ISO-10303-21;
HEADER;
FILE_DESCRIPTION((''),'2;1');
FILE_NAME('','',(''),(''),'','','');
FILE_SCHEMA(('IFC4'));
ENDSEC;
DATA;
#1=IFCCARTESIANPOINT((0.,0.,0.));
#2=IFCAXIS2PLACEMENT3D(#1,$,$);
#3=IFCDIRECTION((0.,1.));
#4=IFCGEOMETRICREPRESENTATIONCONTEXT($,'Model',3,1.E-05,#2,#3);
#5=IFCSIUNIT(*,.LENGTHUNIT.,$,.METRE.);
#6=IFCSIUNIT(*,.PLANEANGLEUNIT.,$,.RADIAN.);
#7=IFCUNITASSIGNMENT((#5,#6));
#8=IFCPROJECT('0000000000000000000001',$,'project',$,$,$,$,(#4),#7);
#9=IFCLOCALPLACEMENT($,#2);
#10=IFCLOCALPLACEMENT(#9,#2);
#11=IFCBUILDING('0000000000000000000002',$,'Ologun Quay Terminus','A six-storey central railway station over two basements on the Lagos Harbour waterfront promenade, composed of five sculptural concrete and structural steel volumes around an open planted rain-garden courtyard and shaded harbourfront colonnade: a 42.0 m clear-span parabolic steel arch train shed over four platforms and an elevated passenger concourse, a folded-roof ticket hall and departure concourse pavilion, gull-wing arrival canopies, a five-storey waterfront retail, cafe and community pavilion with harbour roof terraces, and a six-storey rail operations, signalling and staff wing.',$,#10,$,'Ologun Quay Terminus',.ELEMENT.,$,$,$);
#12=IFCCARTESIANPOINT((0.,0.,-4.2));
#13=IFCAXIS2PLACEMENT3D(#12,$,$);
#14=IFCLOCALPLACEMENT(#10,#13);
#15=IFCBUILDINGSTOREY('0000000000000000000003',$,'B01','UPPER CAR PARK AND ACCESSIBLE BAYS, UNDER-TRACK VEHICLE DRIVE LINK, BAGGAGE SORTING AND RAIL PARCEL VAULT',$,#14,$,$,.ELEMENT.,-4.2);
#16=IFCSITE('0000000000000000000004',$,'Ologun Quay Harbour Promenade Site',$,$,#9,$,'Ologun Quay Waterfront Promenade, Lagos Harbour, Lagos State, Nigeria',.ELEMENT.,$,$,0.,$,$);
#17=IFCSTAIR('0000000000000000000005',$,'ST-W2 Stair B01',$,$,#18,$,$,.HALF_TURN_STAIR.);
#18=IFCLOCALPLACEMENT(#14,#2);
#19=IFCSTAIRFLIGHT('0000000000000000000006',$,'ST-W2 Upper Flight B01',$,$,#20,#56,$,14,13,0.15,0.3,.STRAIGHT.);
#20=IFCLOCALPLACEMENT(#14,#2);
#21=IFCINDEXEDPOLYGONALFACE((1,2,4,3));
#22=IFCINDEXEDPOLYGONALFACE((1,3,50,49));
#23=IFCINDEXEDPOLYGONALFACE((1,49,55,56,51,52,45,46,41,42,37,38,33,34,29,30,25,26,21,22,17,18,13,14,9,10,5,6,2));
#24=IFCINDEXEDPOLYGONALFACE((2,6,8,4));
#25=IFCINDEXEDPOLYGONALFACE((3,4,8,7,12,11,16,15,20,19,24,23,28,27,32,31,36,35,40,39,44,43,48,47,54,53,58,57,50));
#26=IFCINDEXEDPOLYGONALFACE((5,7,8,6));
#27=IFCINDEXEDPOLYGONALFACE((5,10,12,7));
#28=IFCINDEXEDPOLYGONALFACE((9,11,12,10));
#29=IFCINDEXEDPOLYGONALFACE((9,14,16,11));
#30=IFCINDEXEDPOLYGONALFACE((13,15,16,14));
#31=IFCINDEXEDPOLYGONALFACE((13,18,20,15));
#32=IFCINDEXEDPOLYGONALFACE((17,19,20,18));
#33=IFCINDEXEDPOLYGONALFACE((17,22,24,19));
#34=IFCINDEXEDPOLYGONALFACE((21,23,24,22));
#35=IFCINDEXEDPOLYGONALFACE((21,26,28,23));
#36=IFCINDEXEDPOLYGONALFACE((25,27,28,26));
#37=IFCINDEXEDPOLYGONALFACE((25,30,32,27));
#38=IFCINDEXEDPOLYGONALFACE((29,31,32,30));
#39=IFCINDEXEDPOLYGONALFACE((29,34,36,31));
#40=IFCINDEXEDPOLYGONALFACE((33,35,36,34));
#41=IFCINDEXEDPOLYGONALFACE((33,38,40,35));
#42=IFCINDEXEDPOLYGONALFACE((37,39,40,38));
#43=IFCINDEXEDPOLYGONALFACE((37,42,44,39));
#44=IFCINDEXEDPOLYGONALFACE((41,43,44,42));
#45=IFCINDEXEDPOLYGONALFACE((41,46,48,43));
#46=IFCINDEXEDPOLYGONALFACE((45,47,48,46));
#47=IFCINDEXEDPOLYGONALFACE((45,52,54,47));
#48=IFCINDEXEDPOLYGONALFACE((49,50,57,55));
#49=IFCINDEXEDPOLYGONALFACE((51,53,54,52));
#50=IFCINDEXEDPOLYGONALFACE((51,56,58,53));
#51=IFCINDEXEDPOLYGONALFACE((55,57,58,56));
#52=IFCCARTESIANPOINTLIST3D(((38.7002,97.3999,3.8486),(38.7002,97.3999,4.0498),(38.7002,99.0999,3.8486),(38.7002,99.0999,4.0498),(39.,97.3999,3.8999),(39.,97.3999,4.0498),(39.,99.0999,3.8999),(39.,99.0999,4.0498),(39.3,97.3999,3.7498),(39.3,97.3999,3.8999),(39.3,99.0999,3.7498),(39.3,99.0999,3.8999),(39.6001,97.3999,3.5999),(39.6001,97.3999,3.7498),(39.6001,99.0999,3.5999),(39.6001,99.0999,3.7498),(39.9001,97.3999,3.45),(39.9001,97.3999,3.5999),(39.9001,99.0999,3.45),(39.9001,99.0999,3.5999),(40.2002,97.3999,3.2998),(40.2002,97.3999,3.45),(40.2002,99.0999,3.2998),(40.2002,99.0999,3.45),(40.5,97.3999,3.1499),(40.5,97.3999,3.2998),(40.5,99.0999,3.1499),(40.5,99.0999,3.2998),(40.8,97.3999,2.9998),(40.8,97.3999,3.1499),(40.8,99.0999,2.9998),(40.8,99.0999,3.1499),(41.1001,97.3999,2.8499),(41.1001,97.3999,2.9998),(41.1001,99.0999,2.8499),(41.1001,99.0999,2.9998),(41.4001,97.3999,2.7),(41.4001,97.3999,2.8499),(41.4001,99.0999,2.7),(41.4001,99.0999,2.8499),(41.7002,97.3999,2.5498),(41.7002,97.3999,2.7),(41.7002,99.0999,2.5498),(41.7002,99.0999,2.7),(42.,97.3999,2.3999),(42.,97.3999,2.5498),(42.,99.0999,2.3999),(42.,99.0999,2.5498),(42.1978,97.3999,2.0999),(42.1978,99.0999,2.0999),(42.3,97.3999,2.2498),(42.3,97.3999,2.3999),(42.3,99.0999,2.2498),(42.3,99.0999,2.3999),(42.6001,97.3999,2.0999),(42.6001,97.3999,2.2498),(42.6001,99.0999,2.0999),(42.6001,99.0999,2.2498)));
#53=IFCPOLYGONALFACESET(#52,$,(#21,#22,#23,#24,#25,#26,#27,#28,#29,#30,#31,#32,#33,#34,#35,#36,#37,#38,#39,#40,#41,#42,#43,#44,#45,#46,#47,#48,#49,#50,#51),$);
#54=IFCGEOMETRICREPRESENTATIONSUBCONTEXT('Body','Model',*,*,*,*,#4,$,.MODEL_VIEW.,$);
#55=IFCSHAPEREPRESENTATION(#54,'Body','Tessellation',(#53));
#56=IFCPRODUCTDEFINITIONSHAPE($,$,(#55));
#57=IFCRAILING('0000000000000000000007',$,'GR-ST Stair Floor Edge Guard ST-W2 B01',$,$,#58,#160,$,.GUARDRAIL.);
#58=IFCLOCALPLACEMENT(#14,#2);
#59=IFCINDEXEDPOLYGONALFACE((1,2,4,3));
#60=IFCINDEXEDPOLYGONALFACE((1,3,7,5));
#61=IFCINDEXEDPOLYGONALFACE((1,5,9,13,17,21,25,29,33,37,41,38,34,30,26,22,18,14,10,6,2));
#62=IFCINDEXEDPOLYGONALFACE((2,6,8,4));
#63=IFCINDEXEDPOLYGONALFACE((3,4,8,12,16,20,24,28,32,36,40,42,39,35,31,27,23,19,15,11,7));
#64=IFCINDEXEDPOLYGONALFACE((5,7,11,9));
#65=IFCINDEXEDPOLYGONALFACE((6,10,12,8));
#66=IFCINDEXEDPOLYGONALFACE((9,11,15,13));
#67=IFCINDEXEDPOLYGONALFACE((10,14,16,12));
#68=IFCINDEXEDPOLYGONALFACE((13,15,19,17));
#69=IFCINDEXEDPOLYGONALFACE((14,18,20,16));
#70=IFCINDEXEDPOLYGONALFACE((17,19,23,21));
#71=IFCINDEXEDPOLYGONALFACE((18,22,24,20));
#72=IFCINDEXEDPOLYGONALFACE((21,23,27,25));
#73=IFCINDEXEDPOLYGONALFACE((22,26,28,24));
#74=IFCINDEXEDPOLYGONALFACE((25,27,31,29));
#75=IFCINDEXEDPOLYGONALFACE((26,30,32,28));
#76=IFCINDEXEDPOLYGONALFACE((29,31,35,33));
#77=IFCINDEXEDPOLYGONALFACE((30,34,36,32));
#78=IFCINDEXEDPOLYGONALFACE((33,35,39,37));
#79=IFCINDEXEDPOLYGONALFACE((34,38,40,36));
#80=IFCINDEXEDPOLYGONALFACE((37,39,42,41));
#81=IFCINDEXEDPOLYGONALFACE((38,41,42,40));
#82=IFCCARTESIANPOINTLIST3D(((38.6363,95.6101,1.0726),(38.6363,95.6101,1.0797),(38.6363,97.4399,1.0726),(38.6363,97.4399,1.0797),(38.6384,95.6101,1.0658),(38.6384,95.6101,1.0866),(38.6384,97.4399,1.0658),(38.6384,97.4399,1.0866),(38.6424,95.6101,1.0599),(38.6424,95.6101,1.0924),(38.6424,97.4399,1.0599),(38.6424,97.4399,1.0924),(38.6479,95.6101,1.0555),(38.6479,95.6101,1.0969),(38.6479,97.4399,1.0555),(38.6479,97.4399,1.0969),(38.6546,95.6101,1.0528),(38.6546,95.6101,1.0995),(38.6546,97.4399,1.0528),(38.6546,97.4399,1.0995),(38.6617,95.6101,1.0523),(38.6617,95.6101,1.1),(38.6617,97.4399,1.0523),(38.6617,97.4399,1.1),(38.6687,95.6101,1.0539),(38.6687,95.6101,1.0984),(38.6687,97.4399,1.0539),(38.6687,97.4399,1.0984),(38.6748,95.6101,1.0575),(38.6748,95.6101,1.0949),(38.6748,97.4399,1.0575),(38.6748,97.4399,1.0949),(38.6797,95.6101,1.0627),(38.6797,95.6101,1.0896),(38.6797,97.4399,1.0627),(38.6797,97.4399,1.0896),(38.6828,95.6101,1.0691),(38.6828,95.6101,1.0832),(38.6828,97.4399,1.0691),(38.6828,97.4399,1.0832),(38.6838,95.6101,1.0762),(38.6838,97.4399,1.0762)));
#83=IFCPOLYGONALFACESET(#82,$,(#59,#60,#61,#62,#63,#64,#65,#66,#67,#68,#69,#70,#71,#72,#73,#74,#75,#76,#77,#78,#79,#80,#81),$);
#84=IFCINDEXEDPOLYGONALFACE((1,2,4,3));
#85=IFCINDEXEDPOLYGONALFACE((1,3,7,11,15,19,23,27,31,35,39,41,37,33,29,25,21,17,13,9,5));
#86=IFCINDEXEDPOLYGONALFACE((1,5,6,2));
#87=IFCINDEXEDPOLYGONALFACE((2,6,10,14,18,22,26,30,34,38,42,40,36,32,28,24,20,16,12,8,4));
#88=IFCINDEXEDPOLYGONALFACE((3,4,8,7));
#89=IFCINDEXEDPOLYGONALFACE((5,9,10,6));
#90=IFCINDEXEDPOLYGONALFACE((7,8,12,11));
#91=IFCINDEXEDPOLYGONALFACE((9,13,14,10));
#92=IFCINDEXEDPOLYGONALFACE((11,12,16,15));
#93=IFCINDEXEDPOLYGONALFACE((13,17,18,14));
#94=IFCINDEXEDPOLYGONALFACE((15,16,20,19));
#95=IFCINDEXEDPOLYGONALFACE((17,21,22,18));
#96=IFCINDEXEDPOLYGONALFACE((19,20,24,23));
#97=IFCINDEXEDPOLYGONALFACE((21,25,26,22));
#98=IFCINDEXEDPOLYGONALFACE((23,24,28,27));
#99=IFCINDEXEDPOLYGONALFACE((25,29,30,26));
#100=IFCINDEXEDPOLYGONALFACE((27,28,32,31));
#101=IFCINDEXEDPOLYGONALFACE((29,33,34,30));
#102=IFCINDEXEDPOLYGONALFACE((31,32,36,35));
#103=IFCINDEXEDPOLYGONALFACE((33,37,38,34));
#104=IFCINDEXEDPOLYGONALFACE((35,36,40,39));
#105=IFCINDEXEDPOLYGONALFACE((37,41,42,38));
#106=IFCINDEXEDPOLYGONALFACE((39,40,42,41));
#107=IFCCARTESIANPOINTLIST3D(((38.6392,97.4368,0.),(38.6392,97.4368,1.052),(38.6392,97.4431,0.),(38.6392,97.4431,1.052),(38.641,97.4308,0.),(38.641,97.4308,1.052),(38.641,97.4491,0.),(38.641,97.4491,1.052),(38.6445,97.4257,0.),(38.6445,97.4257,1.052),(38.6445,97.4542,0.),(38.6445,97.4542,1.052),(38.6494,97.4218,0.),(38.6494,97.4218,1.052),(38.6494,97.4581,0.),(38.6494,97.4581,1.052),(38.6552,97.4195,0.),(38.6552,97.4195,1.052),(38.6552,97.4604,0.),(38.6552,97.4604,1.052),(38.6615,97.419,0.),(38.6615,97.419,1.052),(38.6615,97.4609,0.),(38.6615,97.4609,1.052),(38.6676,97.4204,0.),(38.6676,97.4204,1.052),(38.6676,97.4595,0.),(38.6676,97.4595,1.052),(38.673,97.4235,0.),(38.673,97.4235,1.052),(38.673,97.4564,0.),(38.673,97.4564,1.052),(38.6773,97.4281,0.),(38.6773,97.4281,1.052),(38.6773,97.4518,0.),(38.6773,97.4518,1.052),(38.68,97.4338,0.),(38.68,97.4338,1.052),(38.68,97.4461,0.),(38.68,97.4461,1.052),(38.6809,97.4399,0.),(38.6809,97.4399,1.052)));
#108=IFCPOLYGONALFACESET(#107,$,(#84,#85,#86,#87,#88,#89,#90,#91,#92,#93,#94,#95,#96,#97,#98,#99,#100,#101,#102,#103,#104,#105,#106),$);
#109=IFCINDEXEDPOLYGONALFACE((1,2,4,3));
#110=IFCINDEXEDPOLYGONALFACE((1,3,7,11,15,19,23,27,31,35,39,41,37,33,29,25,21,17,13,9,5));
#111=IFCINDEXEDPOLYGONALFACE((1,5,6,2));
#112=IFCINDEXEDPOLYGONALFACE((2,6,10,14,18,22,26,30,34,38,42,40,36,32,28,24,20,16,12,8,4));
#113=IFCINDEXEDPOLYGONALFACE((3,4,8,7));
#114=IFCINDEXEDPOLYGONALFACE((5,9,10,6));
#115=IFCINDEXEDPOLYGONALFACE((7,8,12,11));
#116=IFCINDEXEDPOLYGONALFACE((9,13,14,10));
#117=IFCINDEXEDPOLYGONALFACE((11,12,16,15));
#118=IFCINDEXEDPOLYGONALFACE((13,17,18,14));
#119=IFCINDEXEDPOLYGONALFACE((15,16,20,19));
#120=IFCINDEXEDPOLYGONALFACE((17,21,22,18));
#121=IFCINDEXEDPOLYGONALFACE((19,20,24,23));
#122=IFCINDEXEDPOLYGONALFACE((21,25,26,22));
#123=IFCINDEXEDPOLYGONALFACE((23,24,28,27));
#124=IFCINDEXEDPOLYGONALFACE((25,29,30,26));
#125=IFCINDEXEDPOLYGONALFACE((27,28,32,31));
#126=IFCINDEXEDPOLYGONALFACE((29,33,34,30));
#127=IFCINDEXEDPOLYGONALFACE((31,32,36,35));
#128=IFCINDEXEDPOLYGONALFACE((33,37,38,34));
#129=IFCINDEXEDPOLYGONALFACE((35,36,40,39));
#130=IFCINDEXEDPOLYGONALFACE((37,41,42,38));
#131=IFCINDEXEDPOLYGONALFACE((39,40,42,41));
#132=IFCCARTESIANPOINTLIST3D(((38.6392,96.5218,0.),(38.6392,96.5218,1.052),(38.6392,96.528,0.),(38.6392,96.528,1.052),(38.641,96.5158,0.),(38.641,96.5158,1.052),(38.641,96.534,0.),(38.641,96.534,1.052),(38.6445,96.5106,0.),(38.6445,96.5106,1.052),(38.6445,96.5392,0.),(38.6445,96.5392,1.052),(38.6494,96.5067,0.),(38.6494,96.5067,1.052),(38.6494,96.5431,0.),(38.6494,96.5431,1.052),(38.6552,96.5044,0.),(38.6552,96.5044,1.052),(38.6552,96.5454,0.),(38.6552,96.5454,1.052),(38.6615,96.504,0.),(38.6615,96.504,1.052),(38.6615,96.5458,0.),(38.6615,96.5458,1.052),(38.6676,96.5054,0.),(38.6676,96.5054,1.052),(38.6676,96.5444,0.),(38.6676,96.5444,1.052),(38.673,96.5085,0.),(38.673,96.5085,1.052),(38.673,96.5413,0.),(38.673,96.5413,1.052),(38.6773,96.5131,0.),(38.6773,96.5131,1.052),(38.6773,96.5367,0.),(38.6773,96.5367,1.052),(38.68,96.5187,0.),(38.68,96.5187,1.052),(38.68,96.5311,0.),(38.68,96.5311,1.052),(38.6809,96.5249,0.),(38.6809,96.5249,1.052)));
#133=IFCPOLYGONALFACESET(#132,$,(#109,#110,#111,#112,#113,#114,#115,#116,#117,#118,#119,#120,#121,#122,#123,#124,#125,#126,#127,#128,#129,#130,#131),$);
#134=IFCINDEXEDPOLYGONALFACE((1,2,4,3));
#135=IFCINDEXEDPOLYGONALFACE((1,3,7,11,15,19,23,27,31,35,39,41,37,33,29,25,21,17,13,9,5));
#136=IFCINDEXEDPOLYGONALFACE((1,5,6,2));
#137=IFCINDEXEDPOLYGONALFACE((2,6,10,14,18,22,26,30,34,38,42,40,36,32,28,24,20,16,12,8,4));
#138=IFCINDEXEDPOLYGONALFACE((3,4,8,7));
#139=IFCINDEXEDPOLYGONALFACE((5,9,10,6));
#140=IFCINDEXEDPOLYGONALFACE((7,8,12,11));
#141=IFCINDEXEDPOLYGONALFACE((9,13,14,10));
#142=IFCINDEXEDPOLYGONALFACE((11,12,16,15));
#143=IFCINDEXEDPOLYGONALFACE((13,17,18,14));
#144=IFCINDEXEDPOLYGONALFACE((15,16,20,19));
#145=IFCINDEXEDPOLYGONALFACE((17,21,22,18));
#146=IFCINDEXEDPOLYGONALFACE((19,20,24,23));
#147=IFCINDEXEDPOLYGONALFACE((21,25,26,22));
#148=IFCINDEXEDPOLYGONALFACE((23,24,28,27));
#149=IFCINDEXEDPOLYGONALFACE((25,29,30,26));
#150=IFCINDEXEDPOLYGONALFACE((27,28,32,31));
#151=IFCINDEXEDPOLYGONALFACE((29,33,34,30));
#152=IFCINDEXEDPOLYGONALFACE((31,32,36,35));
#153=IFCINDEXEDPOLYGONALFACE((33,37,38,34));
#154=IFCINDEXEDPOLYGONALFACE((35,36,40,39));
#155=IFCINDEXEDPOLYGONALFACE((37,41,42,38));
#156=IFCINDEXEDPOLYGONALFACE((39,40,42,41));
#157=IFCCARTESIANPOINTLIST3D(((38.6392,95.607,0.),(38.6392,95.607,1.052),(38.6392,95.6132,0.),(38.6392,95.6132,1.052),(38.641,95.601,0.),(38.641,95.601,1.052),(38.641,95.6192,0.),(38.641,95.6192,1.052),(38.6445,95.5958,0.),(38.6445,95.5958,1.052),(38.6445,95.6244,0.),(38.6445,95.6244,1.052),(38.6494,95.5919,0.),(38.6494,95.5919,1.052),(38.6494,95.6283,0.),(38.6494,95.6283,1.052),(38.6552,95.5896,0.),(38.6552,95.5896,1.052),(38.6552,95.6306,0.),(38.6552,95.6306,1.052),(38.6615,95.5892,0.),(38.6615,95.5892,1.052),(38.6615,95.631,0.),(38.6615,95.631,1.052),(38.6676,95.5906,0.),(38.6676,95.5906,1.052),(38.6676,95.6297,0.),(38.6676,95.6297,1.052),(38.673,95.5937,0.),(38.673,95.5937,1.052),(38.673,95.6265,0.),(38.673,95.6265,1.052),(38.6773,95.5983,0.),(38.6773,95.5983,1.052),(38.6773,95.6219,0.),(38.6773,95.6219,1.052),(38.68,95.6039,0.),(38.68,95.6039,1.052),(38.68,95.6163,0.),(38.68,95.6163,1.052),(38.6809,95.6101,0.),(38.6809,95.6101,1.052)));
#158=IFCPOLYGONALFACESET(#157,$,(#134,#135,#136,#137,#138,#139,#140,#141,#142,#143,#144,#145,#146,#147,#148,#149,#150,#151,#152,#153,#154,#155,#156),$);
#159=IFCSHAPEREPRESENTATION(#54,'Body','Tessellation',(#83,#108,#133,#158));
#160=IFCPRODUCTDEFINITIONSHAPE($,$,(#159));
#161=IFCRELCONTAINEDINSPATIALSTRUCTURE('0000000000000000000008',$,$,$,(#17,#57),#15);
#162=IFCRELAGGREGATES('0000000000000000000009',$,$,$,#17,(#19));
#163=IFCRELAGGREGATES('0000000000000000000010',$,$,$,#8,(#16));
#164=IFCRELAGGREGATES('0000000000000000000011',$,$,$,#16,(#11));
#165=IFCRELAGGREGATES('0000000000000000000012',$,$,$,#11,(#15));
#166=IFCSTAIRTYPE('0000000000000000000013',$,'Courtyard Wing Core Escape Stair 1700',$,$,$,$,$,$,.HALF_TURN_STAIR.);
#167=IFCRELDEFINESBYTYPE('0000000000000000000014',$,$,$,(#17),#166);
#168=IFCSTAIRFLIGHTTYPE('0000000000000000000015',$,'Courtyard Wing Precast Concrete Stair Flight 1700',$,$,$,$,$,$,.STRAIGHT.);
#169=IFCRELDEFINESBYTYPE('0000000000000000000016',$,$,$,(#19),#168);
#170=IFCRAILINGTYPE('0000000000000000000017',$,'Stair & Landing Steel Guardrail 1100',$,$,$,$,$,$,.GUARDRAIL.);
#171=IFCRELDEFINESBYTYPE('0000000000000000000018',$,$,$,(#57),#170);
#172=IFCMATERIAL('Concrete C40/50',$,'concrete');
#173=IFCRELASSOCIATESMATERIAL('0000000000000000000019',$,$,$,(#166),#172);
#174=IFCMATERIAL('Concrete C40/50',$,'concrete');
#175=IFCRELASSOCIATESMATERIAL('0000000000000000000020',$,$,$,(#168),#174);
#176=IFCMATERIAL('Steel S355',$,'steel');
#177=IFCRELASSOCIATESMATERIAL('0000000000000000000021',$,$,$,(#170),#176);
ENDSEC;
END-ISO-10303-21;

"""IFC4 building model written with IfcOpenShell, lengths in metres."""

from ifc_helpers import new_model, si_unit, direction, frame, origin, origin_2d, place, context, subcontext, project, spatial, polyline, circle, outline, extrude, material, type_object, element, aggregate, save


model = new_model("IFC4")

# Units and contexts
model_context = context("Model", 3, precision=1e-05, world=origin(), true_north=direction((0.0, 1.0)))
body_context = subcontext(model_context, "Body", "Model", "MODEL_VIEW")
ifc_project = project(units=[si_unit("LENGTHUNIT", "METRE"), si_unit("PLANEANGLEUNIT", "RADIAN")], contexts=[model_context])

# Site, building, storey
site_placement = place(None, origin())
site = spatial("IfcSite", under=ifc_project, at=site_placement, Name="Ologun Quay Harbour Promenade Site", LongName="Ologun Quay Waterfront Promenade, Lagos Harbour, Lagos State, Nigeria", CompositionType="ELEMENT", RefElevation=0.0)
building_placement = place(site_placement, origin())
building = spatial("IfcBuilding", under=site, at=building_placement, Name="Ologun Quay Terminus", Description="A six-storey central railway station over two basements on the Lagos Harbour waterfront promenade, composed of five sculptural concrete and structural steel volumes around an open planted rain-garden courtyard and shaded harbourfront colonnade: a 42.0 m clear-span parabolic steel arch train shed over four platforms and an elevated passenger concourse, a folded-roof ticket hall and departure concourse pavilion, gull-wing arrival canopies, a five-storey waterfront retail, cafe and community pavilion with harbour roof terraces, and a six-storey rail operations, signalling and staff wing.", LongName="Ologun Quay Terminus", CompositionType="ELEMENT")
storey_placement = place(building_placement, frame((0.0, 0.0, -4.2)))
storey = spatial("IfcBuildingStorey", under=building, at=storey_placement, Name="B01", Description="UPPER CAR PARK AND ACCESSIBLE BAYS, UNDER-TRACK VEHICLE DRIVE LINK, BAGGAGE SORTING AND RAIL PARCEL VAULT", CompositionType="ELEMENT", Elevation=-4.2)

# Stair, stair flight
ifc_material_1 = material(Name="Concrete C40/50", Category="concrete")
stair_type = type_object("IfcStairType", Name="Courtyard Wing Core Escape Stair 1700", PredefinedType="HALF_TURN_STAIR", material=ifc_material_1)
stair_placement = place(storey_placement, origin())
stair = element("IfcStair", 1, at=stair_placement, inside=storey, type_object=stair_type, Name="ST-W2 Stair B01", PredefinedType="HALF_TURN_STAIR")
ifc_material_2 = material(Name="Concrete C40/50", Category="concrete")
stair_flight_type = type_object("IfcStairFlightType", Name="Courtyard Wing Precast Concrete Stair Flight 1700", PredefinedType="STRAIGHT", material=ifc_material_2)
stair_flight_1_placement = place(storey_placement, frame((42.6001, 98.25, 2.0999), z_axis=(0.0, 0.0, 1.0), x_axis=(-1.0, 0.0, 0.0)))
stair_flight_1 = element("IfcStairFlight", 2, at=stair_flight_1_placement, type_object=stair_flight_type, Name="ST-W2 Upper Flight B01", NumberOfRisers=14, NumberOfTreads=13, PredefinedType="STRAIGHT", RiserHeight=0.15, TreadLength=0.3, context=body_context, shape_type="SweptSolid", body=[
    extrude(outline(polyline([(0.0, 0.0), (0.0, 0.1499), (0.3, 0.1499), (0.3, 0.3), (0.6001, 0.3), (0.6001, 0.45), (0.8999, 0.45), (0.8999, 0.6001), (1.2, 0.6001), (1.2, 0.75), (1.5, 0.75), (1.5, 0.8999), (1.8, 0.8999), (1.8, 1.05), (2.1001, 1.05), (2.1001, 1.2), (2.3999, 1.2), (2.3999, 1.3501), (2.7, 1.3501), (2.7, 1.5), (3.0, 1.5), (3.0, 1.6499), (3.3, 1.6499), (3.3, 1.8), (3.6001, 1.8), (3.6001, 1.95), (3.8999, 1.95), (3.8999, 2.1001), (3.8999, 1.7488), (0.4023, 0.0), (0.0, 0.0)])), frame((0.0, 0.8501, 0.0), z_axis=(0.0, -1.0, 0.0), x_axis=(1.0, 0.0, 0.0)), (0.0, 0.0, 1.0), 1.7),
])
aggregate(stair, [stair_flight_1])

# Railing
ifc_material_3 = material(Name="Steel S355", Category="steel")
railing_type_1 = type_object("IfcRailingType", Name="Stair & Landing Steel Guardrail 1100", PredefinedType="GUARDRAIL", material=ifc_material_3)
railing_1_placement = place(storey_placement, frame((38.6599, 97.4399, 0.0)))
element("IfcRailing", 3, at=railing_1_placement, inside=storey, type_object=railing_type_1, Name="GR-ST Stair Floor Edge Guard ST-W2 B01", PredefinedType="GUARDRAIL", context=body_context, shape_type="SweptSolid", body=[
    extrude(circle(Radius=0.0239, at=origin_2d()), frame((0.0, 0.0, 1.0762), z_axis=(0.0, -1.0, 0.0), x_axis=(1.0, 0.0, 0.0)), (0.0, 0.0, 1.0), 1.8298),
    extrude(circle(Radius=0.021, at=origin_2d()), origin(), (0.0, 0.0, 1.0), 1.052),
    extrude(circle(Radius=0.021, at=origin_2d()), frame((0.0, -0.915, 0.0)), (0.0, 0.0, 1.0), 1.052),
    extrude(circle(Radius=0.021, at=origin_2d()), frame((0.0, -1.8298, 0.0)), (0.0, 0.0, 1.0), 1.052),
])

save(model, "model.ifc")
